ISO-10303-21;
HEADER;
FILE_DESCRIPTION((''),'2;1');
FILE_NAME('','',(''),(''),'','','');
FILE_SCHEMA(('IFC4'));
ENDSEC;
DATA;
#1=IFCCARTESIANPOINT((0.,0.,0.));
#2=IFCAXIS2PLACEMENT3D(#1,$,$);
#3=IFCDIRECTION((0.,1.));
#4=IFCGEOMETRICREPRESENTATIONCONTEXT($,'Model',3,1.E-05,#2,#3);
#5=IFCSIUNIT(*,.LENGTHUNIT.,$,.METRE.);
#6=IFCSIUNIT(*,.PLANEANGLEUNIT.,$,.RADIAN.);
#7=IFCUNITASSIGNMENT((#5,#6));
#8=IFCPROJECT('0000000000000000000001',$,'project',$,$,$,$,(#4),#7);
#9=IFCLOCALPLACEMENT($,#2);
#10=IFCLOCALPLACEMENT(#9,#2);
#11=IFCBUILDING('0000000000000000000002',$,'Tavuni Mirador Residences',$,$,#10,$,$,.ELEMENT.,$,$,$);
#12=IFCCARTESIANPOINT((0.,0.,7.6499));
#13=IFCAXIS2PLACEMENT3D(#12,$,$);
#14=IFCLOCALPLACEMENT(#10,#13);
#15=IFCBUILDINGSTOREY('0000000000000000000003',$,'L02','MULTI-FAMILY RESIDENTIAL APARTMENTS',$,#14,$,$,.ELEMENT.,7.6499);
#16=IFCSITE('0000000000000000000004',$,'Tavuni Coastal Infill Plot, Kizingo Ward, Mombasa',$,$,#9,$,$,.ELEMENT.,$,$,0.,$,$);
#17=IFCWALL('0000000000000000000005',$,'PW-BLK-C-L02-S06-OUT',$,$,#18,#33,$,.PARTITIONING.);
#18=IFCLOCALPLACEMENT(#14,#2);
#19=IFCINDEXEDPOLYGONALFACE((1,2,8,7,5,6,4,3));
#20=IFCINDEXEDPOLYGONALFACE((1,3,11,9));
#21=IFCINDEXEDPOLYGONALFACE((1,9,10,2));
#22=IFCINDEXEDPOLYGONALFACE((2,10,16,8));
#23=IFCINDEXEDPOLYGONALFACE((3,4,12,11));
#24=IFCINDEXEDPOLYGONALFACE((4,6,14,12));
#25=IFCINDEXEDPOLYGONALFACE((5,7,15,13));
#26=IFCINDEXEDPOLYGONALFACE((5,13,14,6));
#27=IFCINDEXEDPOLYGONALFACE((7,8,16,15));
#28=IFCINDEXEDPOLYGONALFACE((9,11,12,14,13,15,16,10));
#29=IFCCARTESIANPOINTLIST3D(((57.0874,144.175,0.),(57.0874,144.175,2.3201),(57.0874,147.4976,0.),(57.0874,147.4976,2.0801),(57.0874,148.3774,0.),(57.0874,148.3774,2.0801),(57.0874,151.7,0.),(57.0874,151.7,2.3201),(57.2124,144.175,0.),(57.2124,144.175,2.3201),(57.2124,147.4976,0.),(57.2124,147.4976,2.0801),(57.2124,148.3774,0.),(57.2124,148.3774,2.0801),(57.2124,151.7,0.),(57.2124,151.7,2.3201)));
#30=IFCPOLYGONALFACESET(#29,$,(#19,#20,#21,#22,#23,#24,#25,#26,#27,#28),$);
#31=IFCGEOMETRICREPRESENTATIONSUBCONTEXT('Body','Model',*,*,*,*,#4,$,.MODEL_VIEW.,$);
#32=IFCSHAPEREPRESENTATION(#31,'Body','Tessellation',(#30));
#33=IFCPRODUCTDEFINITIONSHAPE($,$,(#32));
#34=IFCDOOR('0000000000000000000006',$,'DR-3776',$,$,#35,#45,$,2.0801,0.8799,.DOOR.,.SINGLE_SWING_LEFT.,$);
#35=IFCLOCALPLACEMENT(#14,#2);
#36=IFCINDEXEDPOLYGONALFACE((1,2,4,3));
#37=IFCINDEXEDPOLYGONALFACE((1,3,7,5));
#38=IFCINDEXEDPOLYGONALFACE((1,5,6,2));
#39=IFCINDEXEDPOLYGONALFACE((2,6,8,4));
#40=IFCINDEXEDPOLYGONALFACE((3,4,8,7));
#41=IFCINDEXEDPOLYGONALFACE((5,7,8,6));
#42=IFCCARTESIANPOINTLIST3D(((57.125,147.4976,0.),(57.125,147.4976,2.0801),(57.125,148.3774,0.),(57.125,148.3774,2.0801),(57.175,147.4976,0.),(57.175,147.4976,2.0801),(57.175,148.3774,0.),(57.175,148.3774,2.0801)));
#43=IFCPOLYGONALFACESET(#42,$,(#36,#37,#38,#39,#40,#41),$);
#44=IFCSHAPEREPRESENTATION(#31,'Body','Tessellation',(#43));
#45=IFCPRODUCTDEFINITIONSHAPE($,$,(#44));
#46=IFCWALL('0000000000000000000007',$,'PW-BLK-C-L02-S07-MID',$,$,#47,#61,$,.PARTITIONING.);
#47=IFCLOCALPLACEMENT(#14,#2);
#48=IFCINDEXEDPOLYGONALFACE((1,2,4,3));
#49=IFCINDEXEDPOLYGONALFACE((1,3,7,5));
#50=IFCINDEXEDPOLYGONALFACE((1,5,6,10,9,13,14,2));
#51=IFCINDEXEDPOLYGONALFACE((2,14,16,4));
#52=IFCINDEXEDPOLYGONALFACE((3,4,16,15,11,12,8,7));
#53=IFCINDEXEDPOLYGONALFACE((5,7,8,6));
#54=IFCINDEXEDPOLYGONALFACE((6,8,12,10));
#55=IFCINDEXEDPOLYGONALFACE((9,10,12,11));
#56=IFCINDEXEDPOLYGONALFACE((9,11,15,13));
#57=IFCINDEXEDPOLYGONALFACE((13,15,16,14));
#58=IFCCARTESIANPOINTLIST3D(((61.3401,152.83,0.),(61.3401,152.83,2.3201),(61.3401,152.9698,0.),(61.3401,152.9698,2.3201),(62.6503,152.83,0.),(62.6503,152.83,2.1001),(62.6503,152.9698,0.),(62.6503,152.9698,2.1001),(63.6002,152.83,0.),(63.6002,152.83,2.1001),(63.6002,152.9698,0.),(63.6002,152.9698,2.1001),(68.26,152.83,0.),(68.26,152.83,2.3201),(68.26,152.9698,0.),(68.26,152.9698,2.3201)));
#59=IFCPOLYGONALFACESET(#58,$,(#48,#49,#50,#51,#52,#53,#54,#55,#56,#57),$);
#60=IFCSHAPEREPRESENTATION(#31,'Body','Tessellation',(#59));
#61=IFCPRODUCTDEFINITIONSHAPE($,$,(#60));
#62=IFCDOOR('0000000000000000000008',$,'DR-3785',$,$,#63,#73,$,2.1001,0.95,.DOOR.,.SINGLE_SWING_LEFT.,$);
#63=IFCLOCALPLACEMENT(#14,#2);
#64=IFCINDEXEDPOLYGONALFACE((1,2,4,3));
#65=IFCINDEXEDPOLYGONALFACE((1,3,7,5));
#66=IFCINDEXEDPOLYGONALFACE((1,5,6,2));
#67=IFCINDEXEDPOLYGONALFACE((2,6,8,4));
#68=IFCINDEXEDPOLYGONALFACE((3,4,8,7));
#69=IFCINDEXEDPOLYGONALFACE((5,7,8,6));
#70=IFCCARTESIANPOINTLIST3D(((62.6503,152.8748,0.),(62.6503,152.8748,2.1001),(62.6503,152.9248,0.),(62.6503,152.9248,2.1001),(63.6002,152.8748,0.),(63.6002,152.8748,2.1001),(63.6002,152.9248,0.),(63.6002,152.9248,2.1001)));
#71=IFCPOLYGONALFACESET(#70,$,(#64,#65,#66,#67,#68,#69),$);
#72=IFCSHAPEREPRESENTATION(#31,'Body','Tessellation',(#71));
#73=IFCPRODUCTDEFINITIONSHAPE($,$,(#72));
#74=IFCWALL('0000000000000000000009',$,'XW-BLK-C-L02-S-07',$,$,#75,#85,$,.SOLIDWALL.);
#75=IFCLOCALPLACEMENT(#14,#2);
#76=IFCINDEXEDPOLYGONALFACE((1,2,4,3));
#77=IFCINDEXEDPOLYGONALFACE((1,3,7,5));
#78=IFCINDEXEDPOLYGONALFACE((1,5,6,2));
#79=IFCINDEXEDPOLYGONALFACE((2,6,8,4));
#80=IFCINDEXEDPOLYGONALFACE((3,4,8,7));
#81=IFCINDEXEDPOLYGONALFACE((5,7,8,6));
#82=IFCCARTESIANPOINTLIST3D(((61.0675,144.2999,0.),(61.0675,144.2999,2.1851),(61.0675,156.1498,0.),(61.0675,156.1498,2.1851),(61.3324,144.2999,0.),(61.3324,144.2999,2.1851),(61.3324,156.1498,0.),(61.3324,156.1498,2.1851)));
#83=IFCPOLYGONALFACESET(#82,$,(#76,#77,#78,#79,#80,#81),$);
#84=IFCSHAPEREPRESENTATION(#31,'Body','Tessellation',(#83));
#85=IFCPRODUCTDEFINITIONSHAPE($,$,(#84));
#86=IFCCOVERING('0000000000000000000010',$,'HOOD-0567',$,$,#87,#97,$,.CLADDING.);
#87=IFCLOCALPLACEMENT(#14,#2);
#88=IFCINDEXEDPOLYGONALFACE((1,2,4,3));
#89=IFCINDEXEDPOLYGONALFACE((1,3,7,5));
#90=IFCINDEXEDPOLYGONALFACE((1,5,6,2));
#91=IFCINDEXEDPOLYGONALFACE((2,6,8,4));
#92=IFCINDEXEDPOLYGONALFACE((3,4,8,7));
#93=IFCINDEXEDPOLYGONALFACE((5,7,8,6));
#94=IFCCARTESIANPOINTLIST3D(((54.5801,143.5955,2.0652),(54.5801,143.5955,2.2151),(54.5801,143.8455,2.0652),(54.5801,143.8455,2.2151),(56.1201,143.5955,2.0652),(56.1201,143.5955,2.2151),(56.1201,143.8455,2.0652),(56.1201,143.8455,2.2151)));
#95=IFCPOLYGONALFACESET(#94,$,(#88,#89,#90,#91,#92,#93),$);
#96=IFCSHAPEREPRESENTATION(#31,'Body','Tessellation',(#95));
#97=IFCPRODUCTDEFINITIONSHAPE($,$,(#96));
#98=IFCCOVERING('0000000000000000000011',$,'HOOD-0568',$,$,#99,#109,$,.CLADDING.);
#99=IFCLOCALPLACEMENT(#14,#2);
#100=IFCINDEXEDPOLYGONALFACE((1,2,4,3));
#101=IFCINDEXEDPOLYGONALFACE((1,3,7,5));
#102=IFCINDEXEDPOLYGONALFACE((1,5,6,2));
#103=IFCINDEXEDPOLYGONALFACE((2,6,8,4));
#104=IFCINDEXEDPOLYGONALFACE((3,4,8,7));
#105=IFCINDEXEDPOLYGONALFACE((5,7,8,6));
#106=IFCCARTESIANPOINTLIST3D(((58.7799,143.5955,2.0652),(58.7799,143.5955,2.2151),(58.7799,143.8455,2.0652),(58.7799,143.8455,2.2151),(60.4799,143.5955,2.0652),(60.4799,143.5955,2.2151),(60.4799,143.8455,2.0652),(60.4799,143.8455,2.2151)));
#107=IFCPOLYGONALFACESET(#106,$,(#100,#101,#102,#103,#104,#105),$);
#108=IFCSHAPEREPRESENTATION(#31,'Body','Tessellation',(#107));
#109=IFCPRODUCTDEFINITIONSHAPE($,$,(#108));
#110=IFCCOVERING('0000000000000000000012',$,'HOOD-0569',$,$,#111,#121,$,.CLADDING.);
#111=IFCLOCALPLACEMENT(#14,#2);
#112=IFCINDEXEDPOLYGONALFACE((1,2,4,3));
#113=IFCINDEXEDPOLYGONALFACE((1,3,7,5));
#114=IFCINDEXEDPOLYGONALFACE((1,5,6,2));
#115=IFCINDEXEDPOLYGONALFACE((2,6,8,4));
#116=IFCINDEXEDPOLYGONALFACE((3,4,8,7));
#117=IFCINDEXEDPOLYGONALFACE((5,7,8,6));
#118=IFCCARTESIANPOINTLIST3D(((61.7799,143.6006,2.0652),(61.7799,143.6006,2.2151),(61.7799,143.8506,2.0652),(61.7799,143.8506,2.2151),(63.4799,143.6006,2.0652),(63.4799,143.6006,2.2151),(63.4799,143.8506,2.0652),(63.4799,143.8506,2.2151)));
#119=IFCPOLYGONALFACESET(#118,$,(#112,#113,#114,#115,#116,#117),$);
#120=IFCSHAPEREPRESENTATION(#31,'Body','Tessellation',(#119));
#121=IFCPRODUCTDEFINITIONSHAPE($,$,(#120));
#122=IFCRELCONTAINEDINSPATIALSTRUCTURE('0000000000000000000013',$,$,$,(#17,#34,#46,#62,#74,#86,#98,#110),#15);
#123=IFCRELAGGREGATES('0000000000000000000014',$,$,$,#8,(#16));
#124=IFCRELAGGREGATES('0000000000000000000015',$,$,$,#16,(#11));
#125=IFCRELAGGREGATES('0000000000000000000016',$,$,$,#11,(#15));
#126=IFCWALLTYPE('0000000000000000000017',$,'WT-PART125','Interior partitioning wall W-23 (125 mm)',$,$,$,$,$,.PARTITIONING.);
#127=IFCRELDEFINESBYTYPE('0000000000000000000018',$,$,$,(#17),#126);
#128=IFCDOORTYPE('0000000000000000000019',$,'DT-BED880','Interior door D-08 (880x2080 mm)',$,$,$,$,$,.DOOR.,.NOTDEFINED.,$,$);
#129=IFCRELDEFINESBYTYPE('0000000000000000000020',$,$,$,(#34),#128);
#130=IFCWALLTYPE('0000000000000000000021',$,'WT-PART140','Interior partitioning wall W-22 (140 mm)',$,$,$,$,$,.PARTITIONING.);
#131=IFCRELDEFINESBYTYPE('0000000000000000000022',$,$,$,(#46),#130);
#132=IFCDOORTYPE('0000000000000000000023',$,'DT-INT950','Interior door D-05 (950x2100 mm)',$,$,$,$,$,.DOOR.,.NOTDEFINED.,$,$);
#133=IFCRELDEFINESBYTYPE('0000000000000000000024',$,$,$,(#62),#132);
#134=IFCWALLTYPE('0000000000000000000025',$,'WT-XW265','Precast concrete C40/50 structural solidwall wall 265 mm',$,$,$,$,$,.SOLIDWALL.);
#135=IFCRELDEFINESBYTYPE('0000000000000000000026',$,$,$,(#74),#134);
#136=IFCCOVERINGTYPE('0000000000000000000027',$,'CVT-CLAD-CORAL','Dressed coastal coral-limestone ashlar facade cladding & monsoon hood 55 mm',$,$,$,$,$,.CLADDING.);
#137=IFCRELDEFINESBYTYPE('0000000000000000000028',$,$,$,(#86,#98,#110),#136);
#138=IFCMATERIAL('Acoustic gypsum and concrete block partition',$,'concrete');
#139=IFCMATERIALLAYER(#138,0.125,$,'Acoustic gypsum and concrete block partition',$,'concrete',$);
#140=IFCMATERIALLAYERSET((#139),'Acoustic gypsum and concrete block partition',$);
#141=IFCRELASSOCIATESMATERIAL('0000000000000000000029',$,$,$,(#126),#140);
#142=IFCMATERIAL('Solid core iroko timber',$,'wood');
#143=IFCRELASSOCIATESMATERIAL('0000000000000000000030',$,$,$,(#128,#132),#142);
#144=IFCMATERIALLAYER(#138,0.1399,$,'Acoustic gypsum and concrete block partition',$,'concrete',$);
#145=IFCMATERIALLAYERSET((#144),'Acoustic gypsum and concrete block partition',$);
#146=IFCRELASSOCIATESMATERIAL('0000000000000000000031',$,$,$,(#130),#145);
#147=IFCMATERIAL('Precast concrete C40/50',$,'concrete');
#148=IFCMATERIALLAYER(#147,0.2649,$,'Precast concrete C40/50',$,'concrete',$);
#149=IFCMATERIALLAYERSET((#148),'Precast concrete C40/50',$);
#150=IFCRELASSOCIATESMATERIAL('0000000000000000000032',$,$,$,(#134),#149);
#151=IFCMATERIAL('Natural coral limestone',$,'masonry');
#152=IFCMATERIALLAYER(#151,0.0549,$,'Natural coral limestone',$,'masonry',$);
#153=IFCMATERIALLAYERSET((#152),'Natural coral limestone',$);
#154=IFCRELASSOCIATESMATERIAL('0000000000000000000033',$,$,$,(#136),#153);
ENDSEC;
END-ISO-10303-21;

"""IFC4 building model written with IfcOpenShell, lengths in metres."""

from ifc_helpers import new_model, si_unit, direction, frame, frame_2d, origin, origin_2d, place, context, subcontext, project, spatial, rectangle, extrude, material, layer, layer_set, type_object, element, fill, save


model = new_model("IFC4")

# Units and contexts
model_context = context("Model", 3, precision=1e-05, world=origin(), true_north=direction((0.0, 1.0)))
body_context = subcontext(model_context, "Body", "Model", "MODEL_VIEW")
ifc_project = project(units=[si_unit("LENGTHUNIT", "METRE"), si_unit("PLANEANGLEUNIT", "RADIAN")], contexts=[model_context])

# Site, building, storey
site_placement = place(None, origin())
site = spatial("IfcSite", under=ifc_project, at=site_placement, Name="Tavuni Coastal Infill Plot, Kizingo Ward, Mombasa", CompositionType="ELEMENT", RefElevation=0.0)
building_placement = place(site_placement, origin())
building = spatial("IfcBuilding", under=site, at=building_placement, Name="Tavuni Mirador Residences", CompositionType="ELEMENT")
storey_placement = place(building_placement, frame((0.0, 0.0, 7.6499)))
storey = spatial("IfcBuildingStorey", under=building, at=storey_placement, Name="L02", Description="MULTI-FAMILY RESIDENTIAL APARTMENTS", CompositionType="ELEMENT", Elevation=7.6499)

# Shared definitions
ifc_material_1 = material(Name="Precast concrete C40/50", Category="concrete")

# Shared definitions
ifc_material_2 = material(Name="Solid core iroko timber", Category="wood")

# Walls, openings, doors
ifc_material_3 = material(Name="Acoustic gypsum and concrete block partition", Category="concrete")
ifc_layer_1 = layer(ifc_material_3, 0.125, Name="Acoustic gypsum and concrete block partition", Category="concrete")
ifc_layer_set_1 = layer_set([ifc_layer_1], Name="Acoustic gypsum and concrete block partition")
wall_type_1 = type_object("IfcWallType", Name="WT-PART125", Description="Interior partitioning wall W-23 (125 mm)", PredefinedType="PARTITIONING", material=ifc_layer_set_1)
wall_1_placement = place(storey_placement, frame((57.1499, 144.175, 0.0), z_axis=(0.0, 0.0, 1.0), x_axis=(0.0, 1.0, 0.0)))
wall_1 = element("IfcWall", 1, at=wall_1_placement, inside=storey, type_object=wall_type_1, Name="PW-BLK-C-L02-S06-OUT", PredefinedType="PARTITIONING", context=body_context, shape_type="SweptSolid", body=[
    extrude(rectangle(XDim=7.5249, YDim=0.125, at=frame_2d((3.7625, 0.0))), origin(), (0.0, 0.0, 1.0), 2.3201),
])
opening_1_placement = place(wall_1_placement, frame((3.3225, 0.0, 0.0)))
opening_1 = element("IfcOpeningElement", 2, at=opening_1_placement, cuts=wall_1, PredefinedType="OPENING", context=body_context, shape_type="SweptSolid", body=[
    extrude(rectangle(XDim=0.8799, YDim=2.0801, at=frame_2d((0.4399, 1.04))), frame((0.0, 0.0725, 0.0), z_axis=(0.0, -1.0, 0.0), x_axis=(1.0, 0.0, 0.0)), (0.0, 0.0, 1.0), 0.145),
])
door_type_1 = type_object("IfcDoorType", Name="DT-BED880", Description="Interior door D-08 (880x2080 mm)", OperationType="NOTDEFINED", PredefinedType="DOOR", material=ifc_material_2)
door_1_placement = place(opening_1_placement, origin())
door_1 = element("IfcDoor", 3, at=door_1_placement, inside=storey, type_object=door_type_1, Name="DR-3776", OperationType="SINGLE_SWING_LEFT", OverallHeight=2.0801, OverallWidth=0.8799, PredefinedType="DOOR", context=body_context, shape_type="SweptSolid", body=[
    extrude(rectangle(XDim=0.8799, YDim=2.0801, at=frame_2d((0.4399, 1.04))), frame((0.0, 0.0249, 0.0), z_axis=(0.0, -1.0, 0.0), x_axis=(1.0, 0.0, 0.0)), (0.0, 0.0, 1.0), 0.05),
])
fill(opening_1, door_1)
ifc_layer_2 = layer(ifc_material_3, 0.1399, Name="Acoustic gypsum and concrete block partition", Category="concrete")
ifc_layer_set_2 = layer_set([ifc_layer_2], Name="Acoustic gypsum and concrete block partition")
wall_type_2 = type_object("IfcWallType", Name="WT-PART140", Description="Interior partitioning wall W-22 (140 mm)", PredefinedType="PARTITIONING", material=ifc_layer_set_2)
wall_2_placement = place(storey_placement, frame((61.3401, 152.8999, 0.0), z_axis=(0.0, 0.0, 1.0), x_axis=(1.0, 0.0, 0.0)))
wall_2 = element("IfcWall", 4, at=wall_2_placement, inside=storey, type_object=wall_type_2, Name="PW-BLK-C-L02-S07-MID", PredefinedType="PARTITIONING", context=body_context, shape_type="SweptSolid", body=[
    extrude(rectangle(XDim=6.9199, YDim=0.1399, at=frame_2d((3.46, 0.0))), origin(), (0.0, 0.0, 1.0), 2.3201),
])
opening_2_placement = place(wall_2_placement, frame((1.3101, 0.0, 0.0)))
opening_2 = element("IfcOpeningElement", 5, at=opening_2_placement, cuts=wall_2, PredefinedType="OPENING", context=body_context, shape_type="SweptSolid", body=[
    extrude(rectangle(XDim=0.95, YDim=2.1001, at=frame_2d((0.4751, 1.05))), frame((0.0, 0.0801, 0.0), z_axis=(0.0, -1.0, 0.0), x_axis=(1.0, 0.0, 0.0)), (0.0, 0.0, 1.0), 0.1599),
])
door_type_2 = type_object("IfcDoorType", Name="DT-INT950", Description="Interior door D-05 (950x2100 mm)", OperationType="NOTDEFINED", PredefinedType="DOOR", material=ifc_material_2)
door_2_placement = place(opening_2_placement, origin())
door_2 = element("IfcDoor", 6, at=door_2_placement, inside=storey, type_object=door_type_2, Name="DR-3785", OperationType="SINGLE_SWING_LEFT", OverallHeight=2.1001, OverallWidth=0.95, PredefinedType="DOOR", context=body_context, shape_type="SweptSolid", body=[
    extrude(rectangle(XDim=0.95, YDim=2.1001, at=frame_2d((0.4751, 1.05))), frame((0.0, 0.0249, 0.0), z_axis=(0.0, -1.0, 0.0), x_axis=(1.0, 0.0, 0.0)), (0.0, 0.0, 1.0), 0.05),
])
fill(opening_2, door_2)

# Wall
ifc_layer_3 = layer(ifc_material_1, 0.2649, Name="Precast concrete C40/50", Category="concrete")
ifc_layer_set_3 = layer_set([ifc_layer_3], Name="Precast concrete C40/50")
wall_type_3 = type_object("IfcWallType", Name="WT-XW265", Description="Precast concrete C40/50 structural solidwall wall 265 mm", PredefinedType="SOLIDWALL", material=ifc_layer_set_3)
wall_3_placement = place(storey_placement, frame((61.2, 144.3, 0.0), z_axis=(0.0, 0.0, 1.0), x_axis=(0.0, 1.0, 0.0)))
element("IfcWall", 7, at=wall_3_placement, inside=storey, type_object=wall_type_3, Name="XW-BLK-C-L02-S-07", PredefinedType="SOLIDWALL", context=body_context, shape_type="SweptSolid", body=[
    extrude(rectangle(XDim=11.8499, YDim=0.2649, at=frame_2d((5.9248, 0.0))), origin(), (0.0, 0.0, 1.0), 2.1851),
])

# Coverings
ifc_material_4 = material(Name="Natural coral limestone", Category="masonry")
ifc_layer_4 = layer(ifc_material_4, 0.0549, Name="Natural coral limestone", Category="masonry")
ifc_layer_set_4 = layer_set([ifc_layer_4], Name="Natural coral limestone")
covering_type = type_object("IfcCoveringType", Name="CVT-CLAD-CORAL", Description="Dressed coastal coral-limestone ashlar facade cladding & monsoon hood 55 mm", PredefinedType="CLADDING", material=ifc_layer_set_4)
covering_placement = place(storey_placement, frame((55.3501, 143.7205, 2.0652), z_axis=(0.0, 0.0, 1.0), x_axis=(1.0, 0.0, 0.0)))
element("IfcCovering", 8, at=covering_placement, inside=storey, type_object=covering_type, Name="HOOD-0567", PredefinedType="CLADDING", context=body_context, shape_type="SweptSolid", body=[
    extrude(rectangle(XDim=1.54, YDim=0.25, at=origin_2d()), origin(), (0.0, 0.0, 1.0), 0.1499),
])
for number, where, z_axis, x_axis, name in (
    (9, (59.6299, 143.7205, 2.0652), (0.0, 0.0, 1.0), (1.0, 0.0, 0.0), "HOOD-0568"),
    (10, (62.6299, 143.7256, 2.0652), (0.0, 0.0, 1.0), (1.0, 0.0, 0.0), "HOOD-0569"),
):
    element("IfcCovering", number, at=place(storey_placement, frame(where, z_axis=z_axis, x_axis=x_axis)), inside=storey, type_object=covering_type, Name=name, PredefinedType="CLADDING", context=body_context, shape_type="SweptSolid", body=[
        extrude(rectangle(XDim=1.7, YDim=0.25, at=origin_2d()), origin(), (0.0, 0.0, 1.0), 0.1499),
    ])

save(model, "model.ifc")
